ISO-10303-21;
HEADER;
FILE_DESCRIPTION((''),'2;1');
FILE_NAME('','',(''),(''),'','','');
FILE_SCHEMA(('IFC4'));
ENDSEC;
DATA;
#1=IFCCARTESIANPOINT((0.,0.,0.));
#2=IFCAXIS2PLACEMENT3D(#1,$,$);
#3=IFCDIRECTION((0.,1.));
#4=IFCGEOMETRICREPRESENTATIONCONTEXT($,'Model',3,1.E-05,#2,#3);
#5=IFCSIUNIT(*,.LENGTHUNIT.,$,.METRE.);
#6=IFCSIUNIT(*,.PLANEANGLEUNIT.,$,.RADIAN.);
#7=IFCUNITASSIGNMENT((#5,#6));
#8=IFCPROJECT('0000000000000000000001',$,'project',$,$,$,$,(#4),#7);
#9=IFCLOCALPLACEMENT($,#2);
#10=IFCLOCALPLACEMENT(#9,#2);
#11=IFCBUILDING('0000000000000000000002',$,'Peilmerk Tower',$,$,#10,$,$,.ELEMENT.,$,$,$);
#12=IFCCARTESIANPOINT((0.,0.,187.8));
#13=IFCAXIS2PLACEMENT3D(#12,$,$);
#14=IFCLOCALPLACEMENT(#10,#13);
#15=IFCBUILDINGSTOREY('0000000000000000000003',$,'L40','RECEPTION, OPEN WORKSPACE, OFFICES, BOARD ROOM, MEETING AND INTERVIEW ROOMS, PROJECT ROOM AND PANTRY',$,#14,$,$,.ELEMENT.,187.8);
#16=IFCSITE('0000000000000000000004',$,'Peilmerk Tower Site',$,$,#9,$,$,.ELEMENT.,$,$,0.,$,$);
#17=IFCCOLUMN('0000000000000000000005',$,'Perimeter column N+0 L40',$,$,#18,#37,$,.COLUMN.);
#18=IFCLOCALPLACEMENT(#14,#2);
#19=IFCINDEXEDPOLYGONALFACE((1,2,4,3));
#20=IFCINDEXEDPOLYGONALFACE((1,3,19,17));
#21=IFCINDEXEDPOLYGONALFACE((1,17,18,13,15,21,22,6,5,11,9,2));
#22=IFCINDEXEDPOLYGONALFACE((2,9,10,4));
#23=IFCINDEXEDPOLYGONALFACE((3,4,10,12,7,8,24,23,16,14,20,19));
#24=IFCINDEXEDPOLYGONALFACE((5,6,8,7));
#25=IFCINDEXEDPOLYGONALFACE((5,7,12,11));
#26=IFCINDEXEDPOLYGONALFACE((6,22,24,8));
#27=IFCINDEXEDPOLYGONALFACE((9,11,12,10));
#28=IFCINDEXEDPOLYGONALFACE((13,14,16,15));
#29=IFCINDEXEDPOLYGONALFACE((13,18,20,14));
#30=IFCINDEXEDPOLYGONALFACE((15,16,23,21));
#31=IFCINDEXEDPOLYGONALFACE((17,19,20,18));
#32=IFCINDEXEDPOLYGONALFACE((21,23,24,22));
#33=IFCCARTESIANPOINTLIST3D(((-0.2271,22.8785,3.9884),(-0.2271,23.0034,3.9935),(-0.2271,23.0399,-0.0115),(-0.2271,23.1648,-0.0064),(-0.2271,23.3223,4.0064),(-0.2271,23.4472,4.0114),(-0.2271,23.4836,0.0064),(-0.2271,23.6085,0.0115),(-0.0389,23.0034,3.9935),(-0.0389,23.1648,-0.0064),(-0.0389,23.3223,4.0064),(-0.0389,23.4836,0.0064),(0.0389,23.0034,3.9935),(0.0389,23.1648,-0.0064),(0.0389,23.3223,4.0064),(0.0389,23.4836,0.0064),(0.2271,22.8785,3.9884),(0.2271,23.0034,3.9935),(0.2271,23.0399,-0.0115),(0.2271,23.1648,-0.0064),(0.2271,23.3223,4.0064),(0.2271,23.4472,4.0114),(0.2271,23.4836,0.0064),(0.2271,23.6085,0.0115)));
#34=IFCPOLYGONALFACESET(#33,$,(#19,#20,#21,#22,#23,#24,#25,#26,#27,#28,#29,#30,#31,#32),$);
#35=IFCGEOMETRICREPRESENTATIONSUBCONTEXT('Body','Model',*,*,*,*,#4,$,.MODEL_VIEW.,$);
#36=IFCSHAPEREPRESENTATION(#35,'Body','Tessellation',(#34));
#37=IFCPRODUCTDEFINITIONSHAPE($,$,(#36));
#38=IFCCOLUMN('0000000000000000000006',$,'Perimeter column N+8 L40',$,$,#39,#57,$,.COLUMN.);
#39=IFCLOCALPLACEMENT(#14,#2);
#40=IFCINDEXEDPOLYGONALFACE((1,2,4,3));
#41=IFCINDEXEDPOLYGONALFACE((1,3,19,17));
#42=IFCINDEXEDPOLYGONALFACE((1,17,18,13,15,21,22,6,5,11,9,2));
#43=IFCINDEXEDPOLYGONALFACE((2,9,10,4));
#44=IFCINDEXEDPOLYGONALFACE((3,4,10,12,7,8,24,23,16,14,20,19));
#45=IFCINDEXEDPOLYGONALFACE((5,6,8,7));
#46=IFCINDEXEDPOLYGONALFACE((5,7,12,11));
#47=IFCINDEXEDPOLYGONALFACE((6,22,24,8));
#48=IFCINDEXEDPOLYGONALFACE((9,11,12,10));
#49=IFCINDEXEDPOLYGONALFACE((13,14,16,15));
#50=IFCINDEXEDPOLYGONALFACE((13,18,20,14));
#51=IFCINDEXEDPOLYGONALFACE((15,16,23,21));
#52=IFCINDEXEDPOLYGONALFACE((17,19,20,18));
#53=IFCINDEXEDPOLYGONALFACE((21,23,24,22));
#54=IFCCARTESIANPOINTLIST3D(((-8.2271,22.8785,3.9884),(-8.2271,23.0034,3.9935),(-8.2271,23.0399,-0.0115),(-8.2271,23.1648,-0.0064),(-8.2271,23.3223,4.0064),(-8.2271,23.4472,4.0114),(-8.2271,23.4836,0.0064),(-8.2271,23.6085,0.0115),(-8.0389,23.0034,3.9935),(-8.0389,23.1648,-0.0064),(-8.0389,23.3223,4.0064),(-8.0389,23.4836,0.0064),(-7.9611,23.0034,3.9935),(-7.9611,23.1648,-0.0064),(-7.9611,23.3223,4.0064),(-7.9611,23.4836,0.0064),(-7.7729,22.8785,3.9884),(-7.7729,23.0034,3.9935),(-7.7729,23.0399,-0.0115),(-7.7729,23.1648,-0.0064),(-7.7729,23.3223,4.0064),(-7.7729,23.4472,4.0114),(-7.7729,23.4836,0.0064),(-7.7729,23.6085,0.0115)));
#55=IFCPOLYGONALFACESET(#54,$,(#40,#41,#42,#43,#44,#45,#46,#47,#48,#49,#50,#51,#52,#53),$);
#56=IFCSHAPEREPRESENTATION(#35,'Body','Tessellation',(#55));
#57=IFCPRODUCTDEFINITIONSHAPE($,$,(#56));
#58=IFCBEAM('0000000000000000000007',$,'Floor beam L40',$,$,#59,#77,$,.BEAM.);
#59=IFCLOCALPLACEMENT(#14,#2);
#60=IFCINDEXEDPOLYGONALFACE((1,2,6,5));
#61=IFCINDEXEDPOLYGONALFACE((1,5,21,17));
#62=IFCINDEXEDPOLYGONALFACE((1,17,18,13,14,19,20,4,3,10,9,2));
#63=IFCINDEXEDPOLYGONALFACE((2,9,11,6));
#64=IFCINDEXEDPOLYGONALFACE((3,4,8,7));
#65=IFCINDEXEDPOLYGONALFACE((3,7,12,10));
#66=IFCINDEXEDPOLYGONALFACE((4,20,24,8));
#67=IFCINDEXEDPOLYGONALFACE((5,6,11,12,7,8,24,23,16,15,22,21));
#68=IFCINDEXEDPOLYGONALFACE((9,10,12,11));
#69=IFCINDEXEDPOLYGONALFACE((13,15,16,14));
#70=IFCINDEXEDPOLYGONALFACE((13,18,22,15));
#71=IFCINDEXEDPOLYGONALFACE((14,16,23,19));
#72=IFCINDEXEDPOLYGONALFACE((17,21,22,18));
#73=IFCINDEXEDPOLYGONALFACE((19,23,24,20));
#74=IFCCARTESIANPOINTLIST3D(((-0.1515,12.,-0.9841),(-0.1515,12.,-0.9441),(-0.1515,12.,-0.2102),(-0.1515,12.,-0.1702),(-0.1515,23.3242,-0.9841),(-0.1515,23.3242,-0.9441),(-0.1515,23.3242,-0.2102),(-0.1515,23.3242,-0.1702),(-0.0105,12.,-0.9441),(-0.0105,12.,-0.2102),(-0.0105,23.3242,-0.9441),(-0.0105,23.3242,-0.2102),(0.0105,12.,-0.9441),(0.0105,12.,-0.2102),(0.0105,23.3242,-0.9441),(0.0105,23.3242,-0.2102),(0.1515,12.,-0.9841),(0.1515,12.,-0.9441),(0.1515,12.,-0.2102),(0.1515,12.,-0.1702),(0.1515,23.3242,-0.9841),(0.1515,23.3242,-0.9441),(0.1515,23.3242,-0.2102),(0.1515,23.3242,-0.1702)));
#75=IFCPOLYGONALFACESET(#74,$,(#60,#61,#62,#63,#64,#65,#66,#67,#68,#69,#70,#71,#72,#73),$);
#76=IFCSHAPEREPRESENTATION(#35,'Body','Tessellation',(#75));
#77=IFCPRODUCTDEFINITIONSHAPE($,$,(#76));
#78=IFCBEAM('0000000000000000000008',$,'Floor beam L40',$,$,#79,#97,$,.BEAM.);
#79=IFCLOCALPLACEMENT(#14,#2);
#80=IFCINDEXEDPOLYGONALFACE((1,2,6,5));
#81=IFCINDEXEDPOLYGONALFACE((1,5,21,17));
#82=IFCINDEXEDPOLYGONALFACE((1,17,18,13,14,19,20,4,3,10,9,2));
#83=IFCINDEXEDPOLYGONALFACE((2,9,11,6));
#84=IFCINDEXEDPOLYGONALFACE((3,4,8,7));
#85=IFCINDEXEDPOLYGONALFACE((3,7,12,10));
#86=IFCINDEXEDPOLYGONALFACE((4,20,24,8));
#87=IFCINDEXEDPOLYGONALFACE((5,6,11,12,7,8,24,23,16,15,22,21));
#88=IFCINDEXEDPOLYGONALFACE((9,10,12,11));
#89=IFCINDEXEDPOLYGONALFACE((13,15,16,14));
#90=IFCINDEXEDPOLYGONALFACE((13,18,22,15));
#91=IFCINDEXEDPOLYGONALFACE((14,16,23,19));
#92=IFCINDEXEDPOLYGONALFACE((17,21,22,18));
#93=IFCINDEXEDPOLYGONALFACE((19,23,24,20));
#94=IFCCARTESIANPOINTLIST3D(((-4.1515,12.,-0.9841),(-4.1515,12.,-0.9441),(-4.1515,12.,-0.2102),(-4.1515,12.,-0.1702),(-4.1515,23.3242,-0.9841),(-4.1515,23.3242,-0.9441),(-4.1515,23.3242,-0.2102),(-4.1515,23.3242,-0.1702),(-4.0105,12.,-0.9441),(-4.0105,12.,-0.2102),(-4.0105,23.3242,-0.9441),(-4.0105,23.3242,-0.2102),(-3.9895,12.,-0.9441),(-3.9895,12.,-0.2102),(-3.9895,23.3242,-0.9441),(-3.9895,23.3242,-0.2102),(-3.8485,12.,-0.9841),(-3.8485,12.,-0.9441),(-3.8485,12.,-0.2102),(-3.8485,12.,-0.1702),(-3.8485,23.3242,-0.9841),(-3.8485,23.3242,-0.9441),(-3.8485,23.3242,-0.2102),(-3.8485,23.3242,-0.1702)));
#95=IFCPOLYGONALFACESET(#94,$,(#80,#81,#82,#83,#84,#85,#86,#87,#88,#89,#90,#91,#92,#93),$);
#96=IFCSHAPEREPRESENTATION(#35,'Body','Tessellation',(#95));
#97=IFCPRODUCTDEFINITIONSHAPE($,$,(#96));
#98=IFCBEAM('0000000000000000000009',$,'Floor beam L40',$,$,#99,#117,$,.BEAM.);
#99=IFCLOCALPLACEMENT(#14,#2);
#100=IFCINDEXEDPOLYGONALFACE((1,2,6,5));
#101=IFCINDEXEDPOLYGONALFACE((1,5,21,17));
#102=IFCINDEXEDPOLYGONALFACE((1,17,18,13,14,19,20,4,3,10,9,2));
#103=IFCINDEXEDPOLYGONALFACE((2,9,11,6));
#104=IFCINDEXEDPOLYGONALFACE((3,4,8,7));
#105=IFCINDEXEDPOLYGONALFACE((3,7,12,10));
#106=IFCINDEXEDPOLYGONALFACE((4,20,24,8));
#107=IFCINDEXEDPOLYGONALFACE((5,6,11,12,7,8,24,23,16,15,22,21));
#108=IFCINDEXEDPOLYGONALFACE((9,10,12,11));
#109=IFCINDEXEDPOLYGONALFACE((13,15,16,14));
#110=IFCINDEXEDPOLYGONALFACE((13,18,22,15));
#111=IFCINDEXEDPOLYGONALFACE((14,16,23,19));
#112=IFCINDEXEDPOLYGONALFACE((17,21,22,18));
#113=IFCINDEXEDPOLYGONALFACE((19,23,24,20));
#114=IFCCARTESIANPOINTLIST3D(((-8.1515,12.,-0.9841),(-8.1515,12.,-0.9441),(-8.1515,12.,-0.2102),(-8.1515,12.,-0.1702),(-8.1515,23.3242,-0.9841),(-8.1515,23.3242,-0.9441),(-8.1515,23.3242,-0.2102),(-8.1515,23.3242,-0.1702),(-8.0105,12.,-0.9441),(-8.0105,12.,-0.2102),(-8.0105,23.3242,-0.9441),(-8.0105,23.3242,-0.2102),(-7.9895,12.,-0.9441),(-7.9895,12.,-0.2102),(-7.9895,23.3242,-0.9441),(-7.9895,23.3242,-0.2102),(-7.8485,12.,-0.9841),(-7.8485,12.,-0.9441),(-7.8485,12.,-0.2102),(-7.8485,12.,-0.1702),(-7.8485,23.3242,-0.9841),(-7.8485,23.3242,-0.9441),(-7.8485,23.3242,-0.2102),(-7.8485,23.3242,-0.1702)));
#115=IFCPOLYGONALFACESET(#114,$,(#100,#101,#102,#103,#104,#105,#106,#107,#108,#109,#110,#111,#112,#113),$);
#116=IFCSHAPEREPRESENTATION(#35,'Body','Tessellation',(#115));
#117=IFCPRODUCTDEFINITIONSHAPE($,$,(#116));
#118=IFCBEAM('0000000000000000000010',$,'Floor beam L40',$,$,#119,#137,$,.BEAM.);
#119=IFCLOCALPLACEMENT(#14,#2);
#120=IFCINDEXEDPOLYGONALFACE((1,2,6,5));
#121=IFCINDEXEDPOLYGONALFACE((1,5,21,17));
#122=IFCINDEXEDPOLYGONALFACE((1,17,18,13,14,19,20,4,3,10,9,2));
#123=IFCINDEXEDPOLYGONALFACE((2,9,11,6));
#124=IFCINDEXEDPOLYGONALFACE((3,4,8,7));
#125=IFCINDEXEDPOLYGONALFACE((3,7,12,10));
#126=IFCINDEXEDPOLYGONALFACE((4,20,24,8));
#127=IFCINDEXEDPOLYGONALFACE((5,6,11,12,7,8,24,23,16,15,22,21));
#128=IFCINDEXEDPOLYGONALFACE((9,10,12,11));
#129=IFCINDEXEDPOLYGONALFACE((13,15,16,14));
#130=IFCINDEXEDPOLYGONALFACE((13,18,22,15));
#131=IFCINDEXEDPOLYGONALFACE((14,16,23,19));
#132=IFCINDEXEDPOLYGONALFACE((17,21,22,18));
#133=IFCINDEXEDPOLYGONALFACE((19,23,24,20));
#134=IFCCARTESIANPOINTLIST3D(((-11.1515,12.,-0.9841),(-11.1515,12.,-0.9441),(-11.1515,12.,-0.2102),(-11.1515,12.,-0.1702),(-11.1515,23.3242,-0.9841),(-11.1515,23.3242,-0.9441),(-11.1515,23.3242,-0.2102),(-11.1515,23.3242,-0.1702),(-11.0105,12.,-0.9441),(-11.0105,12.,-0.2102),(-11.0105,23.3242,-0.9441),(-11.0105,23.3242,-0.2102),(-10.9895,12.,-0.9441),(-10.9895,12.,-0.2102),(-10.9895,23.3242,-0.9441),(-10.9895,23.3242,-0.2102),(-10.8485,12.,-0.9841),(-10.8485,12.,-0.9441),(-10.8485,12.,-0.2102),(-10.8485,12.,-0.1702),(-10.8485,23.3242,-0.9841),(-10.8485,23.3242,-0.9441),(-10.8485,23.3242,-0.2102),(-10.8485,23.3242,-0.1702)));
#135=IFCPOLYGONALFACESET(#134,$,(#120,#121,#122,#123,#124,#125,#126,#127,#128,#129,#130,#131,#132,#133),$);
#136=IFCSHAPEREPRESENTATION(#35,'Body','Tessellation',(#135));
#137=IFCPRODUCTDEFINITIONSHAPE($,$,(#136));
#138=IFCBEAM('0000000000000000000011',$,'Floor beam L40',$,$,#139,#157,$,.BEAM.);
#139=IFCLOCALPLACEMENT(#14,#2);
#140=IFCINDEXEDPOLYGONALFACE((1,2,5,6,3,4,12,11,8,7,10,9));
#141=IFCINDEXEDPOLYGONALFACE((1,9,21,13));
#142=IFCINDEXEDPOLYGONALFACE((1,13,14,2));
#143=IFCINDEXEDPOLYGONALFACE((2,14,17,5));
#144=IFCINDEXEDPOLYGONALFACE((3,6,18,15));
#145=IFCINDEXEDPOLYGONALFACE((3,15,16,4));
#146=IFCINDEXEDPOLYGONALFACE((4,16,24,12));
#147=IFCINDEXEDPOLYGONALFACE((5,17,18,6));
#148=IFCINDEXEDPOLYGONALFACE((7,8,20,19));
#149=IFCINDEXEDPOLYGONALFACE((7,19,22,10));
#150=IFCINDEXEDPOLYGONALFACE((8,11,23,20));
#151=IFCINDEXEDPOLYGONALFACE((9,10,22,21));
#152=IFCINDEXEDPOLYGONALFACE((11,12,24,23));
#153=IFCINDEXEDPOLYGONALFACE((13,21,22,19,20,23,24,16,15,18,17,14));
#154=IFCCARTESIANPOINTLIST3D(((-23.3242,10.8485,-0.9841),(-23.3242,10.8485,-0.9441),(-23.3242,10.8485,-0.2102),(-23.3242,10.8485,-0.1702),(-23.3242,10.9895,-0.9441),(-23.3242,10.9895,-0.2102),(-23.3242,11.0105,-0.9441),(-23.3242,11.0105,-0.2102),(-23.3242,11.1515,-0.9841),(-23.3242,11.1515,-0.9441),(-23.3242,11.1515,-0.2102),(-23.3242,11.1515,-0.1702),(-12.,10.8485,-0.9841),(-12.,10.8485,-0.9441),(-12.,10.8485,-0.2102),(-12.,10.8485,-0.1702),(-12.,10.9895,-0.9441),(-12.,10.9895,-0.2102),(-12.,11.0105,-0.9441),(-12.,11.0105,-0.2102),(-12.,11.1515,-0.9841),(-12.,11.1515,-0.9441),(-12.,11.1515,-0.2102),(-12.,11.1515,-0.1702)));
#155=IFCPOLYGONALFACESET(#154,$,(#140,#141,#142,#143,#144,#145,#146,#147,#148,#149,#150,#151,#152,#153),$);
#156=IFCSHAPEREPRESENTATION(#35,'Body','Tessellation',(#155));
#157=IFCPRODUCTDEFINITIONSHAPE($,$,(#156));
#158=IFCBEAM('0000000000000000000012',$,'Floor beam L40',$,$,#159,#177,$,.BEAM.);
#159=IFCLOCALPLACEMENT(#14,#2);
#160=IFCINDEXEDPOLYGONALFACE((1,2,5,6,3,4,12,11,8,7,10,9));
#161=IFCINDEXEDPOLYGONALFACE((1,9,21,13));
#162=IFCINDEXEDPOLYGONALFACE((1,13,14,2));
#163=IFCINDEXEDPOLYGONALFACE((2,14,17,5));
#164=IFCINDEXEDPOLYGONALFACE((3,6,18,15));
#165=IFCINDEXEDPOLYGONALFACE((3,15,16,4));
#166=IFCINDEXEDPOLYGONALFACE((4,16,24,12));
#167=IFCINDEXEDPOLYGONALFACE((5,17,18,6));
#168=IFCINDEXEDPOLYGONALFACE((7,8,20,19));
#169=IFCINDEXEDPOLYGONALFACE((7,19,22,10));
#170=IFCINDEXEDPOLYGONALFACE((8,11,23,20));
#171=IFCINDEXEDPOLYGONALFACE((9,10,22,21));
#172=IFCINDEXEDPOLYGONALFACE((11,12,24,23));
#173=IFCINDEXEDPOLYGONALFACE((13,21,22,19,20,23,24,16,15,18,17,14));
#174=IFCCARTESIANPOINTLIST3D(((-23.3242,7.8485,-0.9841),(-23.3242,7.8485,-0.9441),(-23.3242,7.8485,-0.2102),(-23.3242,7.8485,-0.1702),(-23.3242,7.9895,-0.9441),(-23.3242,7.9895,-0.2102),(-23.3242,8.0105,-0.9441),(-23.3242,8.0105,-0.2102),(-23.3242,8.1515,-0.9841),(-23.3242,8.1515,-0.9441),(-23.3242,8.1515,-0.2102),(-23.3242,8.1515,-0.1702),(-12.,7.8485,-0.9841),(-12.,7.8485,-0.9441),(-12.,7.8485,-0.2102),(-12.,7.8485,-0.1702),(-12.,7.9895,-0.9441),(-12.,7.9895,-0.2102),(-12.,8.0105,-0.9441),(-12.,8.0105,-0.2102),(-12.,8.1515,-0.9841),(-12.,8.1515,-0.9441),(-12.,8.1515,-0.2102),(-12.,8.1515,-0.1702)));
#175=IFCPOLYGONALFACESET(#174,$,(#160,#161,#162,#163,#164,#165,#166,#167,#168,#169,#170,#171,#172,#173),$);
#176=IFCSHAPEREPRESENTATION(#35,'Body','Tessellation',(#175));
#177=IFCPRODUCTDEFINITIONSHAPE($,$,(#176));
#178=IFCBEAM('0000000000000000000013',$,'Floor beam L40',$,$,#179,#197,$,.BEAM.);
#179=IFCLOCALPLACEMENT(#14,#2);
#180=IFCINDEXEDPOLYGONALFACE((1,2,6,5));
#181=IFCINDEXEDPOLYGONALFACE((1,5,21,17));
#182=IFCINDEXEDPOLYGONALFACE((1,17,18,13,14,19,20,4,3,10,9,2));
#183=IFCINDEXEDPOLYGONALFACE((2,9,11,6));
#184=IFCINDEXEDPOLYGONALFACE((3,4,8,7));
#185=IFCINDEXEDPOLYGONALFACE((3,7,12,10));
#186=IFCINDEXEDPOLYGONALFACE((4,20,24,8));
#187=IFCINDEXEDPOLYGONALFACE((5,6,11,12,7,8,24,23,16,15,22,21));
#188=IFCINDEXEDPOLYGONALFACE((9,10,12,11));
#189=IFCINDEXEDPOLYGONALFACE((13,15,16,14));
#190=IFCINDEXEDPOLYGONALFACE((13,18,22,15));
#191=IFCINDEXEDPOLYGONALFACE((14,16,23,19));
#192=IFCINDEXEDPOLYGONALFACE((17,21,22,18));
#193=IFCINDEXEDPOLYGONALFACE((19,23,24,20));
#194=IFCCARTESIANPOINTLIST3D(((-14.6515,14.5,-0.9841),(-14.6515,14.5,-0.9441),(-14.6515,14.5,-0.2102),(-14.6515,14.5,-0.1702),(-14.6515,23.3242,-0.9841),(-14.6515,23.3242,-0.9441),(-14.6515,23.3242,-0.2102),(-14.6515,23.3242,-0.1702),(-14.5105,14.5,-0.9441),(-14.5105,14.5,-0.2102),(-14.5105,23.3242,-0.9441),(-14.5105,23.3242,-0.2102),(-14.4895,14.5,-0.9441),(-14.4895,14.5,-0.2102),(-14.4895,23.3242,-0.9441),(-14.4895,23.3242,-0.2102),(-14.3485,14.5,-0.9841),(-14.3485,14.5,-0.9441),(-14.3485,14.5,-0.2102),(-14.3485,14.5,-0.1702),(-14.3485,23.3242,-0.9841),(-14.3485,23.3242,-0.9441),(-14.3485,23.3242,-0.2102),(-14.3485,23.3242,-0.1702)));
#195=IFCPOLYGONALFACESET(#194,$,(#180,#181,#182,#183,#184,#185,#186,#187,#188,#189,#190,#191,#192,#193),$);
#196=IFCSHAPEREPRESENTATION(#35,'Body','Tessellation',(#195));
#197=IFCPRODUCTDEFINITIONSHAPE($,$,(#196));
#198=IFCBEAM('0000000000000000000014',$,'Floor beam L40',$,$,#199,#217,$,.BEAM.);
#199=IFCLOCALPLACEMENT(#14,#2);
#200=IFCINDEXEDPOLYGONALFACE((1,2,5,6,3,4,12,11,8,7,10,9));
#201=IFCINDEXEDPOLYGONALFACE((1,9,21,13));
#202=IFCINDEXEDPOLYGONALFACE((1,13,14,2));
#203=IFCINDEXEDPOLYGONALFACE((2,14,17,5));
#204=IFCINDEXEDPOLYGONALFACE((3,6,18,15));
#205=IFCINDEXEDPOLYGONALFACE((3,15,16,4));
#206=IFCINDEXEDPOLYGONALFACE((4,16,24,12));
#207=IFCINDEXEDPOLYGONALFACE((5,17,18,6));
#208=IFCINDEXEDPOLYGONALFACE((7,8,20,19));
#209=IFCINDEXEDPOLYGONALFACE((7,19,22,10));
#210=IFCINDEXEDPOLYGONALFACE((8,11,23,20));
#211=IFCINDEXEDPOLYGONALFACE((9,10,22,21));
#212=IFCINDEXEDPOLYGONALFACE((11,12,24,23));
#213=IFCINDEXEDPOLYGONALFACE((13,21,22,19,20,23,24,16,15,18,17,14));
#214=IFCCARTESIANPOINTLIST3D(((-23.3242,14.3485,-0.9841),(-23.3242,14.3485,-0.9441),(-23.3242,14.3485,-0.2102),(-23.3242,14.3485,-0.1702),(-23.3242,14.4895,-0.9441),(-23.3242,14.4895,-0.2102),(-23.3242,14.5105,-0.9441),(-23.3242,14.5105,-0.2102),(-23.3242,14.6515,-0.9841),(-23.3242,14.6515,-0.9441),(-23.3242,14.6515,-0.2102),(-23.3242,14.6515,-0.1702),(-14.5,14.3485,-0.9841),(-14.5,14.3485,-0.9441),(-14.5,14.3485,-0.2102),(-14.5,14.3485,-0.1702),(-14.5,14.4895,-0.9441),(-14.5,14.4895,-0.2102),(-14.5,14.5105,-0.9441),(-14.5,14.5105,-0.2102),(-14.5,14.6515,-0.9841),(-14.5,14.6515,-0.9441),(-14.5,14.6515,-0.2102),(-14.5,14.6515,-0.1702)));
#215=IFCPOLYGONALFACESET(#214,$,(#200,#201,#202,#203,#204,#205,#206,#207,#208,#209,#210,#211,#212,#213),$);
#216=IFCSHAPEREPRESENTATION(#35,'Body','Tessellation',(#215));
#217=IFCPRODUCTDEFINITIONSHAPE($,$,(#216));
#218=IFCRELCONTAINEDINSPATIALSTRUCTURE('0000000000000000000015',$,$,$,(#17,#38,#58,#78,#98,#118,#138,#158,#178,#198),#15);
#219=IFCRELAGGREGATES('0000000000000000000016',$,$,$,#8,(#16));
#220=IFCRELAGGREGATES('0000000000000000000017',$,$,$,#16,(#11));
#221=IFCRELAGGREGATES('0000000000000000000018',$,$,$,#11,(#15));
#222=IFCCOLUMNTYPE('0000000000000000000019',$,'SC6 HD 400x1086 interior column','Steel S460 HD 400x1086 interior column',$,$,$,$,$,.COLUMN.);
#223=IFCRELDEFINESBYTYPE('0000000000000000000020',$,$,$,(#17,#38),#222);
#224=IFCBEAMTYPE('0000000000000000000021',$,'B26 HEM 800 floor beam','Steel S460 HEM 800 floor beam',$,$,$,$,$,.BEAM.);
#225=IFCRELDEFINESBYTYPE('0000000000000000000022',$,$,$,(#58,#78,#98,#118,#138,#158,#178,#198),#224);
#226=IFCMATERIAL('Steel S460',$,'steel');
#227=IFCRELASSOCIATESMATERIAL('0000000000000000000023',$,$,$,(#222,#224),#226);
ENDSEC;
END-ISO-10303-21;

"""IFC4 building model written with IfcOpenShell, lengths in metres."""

from ifc_helpers import new_model, si_unit, direction, frame, origin, origin_2d, place, context, subcontext, project, spatial, i_section, extrude, material, material_profile, profile_set, type_object, element, save


model = new_model("IFC4")

# Units and contexts
model_context = context("Model", 3, precision=1e-05, world=origin(), true_north=direction((0.0, 1.0)))
body_context = subcontext(model_context, "Body", "Model", "MODEL_VIEW")
ifc_project = project(units=[si_unit("LENGTHUNIT", "METRE"), si_unit("PLANEANGLEUNIT", "RADIAN")], contexts=[model_context])

# Site, building, storey
site_placement = place(None, origin())
site = spatial("IfcSite", under=ifc_project, at=site_placement, Name="Peilmerk Tower Site", CompositionType="ELEMENT", RefElevation=0.0)
building_placement = place(site_placement, origin())
building = spatial("IfcBuilding", under=site, at=building_placement, Name="Peilmerk Tower", CompositionType="ELEMENT")
storey_placement = place(building_placement, frame((0.0, 0.0, 187.8)))
storey = spatial("IfcBuildingStorey", under=building, at=storey_placement, Name="L40", Description="RECEPTION, OPEN WORKSPACE, OFFICES, BOARD ROOM, MEETING AND INTERVIEW ROOMS, PROJECT ROOM AND PANTRY", CompositionType="ELEMENT", Elevation=187.8)

# Columns
ifc_material_1 = material(Name="Steel S460", Category="steel")
ifc_material_profile_1 = material_profile(ifc_material_1, i_section(OverallWidth=0.4541, OverallDepth=0.5691, WebThickness=0.0779, FlangeThickness=0.125, at=origin_2d()), Name="HD 400x1086")
ifc_profile_set_1 = profile_set([ifc_material_profile_1], Name="Steel S460")
column_type = type_object("IfcColumnType", Name="SC6 HD 400x1086 interior column", Description="Steel S460 HD 400x1086 interior column", PredefinedType="COLUMN", material=ifc_profile_set_1)
for number, where, z_axis, x_axis, name in (
    (1, (0.0, 23.3242, 0.0), (0.0, -0.040311, 0.999187), (1.0, 0.0, 0.0), "Perimeter column N+0 L40"),
    (2, (-8.0, 23.3242, 0.0), (0.0, -0.040311, 0.999187), (1.0, 0.0, 0.0), "Perimeter column N+8 L40"),
):
    element("IfcColumn", number, at=place(storey_placement, frame(where, z_axis=z_axis, x_axis=x_axis)), inside=storey, type_object=column_type, Name=name, PredefinedType="COLUMN", context=body_context, shape_type="SweptSolid", body=[
        extrude(i_section(OverallWidth=0.4541, OverallDepth=0.5691, WebThickness=0.0779, FlangeThickness=0.125, at=origin_2d()), origin(), (0.0, 0.0, 1.0), 4.0032),
    ])

# Beams
ifc_material_profile_2 = material_profile(ifc_material_1, i_section(OverallWidth=0.303, OverallDepth=0.814, WebThickness=0.021, FlangeThickness=0.04, at=origin_2d()), Name="HEM 800")
ifc_profile_set_2 = profile_set([ifc_material_profile_2], Name="Steel S460")
beam_type_1 = type_object("IfcBeamType", Name="B26 HEM 800 floor beam", Description="Steel S460 HEM 800 floor beam", PredefinedType="BEAM", material=ifc_profile_set_2)
for number, where, z_axis, x_axis, name in (
    (3, (0.0, 12.0, -0.5771), (0.0, 1.0, 0.0), (-1.0, 0.0, 0.0), "Floor beam L40"),
    (4, (-4.0, 12.0, -0.5771), (0.0, 1.0, 0.0), (-1.0, 0.0, 0.0), "Floor beam L40"),
    (5, (-8.0, 12.0, -0.5771), (0.0, 1.0, 0.0), (-1.0, 0.0, 0.0), "Floor beam L40"),
    (6, (-11.0, 12.0, -0.5771), (0.0, 1.0, 0.0), (-1.0, 0.0, 0.0), "Floor beam L40"),
    (7, (-12.0, 11.0, -0.5771), (-1.0, 0.0, 0.0), (0.0, -1.0, 0.0), "Floor beam L40"),
    (8, (-12.0, 8.0, -0.5771), (-1.0, 0.0, 0.0), (0.0, -1.0, 0.0), "Floor beam L40"),
):
    element("IfcBeam", number, at=place(storey_placement, frame(where, z_axis=z_axis, x_axis=x_axis)), inside=storey, type_object=beam_type_1, Name=name, PredefinedType="BEAM", context=body_context, shape_type="SweptSolid", body=[
        extrude(i_section(OverallWidth=0.303, OverallDepth=0.814, WebThickness=0.021, FlangeThickness=0.04, at=origin_2d()), origin(), (0.0, 0.0, 1.0), 11.3242),
    ])
for number, where, z_axis, x_axis, name in (
    (9, (-14.5, 14.5, -0.5771), (0.0, 1.0, 0.0), (-1.0, 0.0, 0.0), "Floor beam L40"),
    (10, (-14.5, 14.5, -0.5771), (-1.0, 0.0, 0.0), (0.0, -1.0, 0.0), "Floor beam L40"),
):
    element("IfcBeam", number, at=place(storey_placement, frame(where, z_axis=z_axis, x_axis=x_axis)), inside=storey, type_object=beam_type_1, Name=name, PredefinedType="BEAM", context=body_context, shape_type="SweptSolid", body=[
        extrude(i_section(OverallWidth=0.303, OverallDepth=0.814, WebThickness=0.021, FlangeThickness=0.04, at=origin_2d()), origin(), (0.0, 0.0, 1.0), 8.8242),
    ])

save(model, "model.ifc")
